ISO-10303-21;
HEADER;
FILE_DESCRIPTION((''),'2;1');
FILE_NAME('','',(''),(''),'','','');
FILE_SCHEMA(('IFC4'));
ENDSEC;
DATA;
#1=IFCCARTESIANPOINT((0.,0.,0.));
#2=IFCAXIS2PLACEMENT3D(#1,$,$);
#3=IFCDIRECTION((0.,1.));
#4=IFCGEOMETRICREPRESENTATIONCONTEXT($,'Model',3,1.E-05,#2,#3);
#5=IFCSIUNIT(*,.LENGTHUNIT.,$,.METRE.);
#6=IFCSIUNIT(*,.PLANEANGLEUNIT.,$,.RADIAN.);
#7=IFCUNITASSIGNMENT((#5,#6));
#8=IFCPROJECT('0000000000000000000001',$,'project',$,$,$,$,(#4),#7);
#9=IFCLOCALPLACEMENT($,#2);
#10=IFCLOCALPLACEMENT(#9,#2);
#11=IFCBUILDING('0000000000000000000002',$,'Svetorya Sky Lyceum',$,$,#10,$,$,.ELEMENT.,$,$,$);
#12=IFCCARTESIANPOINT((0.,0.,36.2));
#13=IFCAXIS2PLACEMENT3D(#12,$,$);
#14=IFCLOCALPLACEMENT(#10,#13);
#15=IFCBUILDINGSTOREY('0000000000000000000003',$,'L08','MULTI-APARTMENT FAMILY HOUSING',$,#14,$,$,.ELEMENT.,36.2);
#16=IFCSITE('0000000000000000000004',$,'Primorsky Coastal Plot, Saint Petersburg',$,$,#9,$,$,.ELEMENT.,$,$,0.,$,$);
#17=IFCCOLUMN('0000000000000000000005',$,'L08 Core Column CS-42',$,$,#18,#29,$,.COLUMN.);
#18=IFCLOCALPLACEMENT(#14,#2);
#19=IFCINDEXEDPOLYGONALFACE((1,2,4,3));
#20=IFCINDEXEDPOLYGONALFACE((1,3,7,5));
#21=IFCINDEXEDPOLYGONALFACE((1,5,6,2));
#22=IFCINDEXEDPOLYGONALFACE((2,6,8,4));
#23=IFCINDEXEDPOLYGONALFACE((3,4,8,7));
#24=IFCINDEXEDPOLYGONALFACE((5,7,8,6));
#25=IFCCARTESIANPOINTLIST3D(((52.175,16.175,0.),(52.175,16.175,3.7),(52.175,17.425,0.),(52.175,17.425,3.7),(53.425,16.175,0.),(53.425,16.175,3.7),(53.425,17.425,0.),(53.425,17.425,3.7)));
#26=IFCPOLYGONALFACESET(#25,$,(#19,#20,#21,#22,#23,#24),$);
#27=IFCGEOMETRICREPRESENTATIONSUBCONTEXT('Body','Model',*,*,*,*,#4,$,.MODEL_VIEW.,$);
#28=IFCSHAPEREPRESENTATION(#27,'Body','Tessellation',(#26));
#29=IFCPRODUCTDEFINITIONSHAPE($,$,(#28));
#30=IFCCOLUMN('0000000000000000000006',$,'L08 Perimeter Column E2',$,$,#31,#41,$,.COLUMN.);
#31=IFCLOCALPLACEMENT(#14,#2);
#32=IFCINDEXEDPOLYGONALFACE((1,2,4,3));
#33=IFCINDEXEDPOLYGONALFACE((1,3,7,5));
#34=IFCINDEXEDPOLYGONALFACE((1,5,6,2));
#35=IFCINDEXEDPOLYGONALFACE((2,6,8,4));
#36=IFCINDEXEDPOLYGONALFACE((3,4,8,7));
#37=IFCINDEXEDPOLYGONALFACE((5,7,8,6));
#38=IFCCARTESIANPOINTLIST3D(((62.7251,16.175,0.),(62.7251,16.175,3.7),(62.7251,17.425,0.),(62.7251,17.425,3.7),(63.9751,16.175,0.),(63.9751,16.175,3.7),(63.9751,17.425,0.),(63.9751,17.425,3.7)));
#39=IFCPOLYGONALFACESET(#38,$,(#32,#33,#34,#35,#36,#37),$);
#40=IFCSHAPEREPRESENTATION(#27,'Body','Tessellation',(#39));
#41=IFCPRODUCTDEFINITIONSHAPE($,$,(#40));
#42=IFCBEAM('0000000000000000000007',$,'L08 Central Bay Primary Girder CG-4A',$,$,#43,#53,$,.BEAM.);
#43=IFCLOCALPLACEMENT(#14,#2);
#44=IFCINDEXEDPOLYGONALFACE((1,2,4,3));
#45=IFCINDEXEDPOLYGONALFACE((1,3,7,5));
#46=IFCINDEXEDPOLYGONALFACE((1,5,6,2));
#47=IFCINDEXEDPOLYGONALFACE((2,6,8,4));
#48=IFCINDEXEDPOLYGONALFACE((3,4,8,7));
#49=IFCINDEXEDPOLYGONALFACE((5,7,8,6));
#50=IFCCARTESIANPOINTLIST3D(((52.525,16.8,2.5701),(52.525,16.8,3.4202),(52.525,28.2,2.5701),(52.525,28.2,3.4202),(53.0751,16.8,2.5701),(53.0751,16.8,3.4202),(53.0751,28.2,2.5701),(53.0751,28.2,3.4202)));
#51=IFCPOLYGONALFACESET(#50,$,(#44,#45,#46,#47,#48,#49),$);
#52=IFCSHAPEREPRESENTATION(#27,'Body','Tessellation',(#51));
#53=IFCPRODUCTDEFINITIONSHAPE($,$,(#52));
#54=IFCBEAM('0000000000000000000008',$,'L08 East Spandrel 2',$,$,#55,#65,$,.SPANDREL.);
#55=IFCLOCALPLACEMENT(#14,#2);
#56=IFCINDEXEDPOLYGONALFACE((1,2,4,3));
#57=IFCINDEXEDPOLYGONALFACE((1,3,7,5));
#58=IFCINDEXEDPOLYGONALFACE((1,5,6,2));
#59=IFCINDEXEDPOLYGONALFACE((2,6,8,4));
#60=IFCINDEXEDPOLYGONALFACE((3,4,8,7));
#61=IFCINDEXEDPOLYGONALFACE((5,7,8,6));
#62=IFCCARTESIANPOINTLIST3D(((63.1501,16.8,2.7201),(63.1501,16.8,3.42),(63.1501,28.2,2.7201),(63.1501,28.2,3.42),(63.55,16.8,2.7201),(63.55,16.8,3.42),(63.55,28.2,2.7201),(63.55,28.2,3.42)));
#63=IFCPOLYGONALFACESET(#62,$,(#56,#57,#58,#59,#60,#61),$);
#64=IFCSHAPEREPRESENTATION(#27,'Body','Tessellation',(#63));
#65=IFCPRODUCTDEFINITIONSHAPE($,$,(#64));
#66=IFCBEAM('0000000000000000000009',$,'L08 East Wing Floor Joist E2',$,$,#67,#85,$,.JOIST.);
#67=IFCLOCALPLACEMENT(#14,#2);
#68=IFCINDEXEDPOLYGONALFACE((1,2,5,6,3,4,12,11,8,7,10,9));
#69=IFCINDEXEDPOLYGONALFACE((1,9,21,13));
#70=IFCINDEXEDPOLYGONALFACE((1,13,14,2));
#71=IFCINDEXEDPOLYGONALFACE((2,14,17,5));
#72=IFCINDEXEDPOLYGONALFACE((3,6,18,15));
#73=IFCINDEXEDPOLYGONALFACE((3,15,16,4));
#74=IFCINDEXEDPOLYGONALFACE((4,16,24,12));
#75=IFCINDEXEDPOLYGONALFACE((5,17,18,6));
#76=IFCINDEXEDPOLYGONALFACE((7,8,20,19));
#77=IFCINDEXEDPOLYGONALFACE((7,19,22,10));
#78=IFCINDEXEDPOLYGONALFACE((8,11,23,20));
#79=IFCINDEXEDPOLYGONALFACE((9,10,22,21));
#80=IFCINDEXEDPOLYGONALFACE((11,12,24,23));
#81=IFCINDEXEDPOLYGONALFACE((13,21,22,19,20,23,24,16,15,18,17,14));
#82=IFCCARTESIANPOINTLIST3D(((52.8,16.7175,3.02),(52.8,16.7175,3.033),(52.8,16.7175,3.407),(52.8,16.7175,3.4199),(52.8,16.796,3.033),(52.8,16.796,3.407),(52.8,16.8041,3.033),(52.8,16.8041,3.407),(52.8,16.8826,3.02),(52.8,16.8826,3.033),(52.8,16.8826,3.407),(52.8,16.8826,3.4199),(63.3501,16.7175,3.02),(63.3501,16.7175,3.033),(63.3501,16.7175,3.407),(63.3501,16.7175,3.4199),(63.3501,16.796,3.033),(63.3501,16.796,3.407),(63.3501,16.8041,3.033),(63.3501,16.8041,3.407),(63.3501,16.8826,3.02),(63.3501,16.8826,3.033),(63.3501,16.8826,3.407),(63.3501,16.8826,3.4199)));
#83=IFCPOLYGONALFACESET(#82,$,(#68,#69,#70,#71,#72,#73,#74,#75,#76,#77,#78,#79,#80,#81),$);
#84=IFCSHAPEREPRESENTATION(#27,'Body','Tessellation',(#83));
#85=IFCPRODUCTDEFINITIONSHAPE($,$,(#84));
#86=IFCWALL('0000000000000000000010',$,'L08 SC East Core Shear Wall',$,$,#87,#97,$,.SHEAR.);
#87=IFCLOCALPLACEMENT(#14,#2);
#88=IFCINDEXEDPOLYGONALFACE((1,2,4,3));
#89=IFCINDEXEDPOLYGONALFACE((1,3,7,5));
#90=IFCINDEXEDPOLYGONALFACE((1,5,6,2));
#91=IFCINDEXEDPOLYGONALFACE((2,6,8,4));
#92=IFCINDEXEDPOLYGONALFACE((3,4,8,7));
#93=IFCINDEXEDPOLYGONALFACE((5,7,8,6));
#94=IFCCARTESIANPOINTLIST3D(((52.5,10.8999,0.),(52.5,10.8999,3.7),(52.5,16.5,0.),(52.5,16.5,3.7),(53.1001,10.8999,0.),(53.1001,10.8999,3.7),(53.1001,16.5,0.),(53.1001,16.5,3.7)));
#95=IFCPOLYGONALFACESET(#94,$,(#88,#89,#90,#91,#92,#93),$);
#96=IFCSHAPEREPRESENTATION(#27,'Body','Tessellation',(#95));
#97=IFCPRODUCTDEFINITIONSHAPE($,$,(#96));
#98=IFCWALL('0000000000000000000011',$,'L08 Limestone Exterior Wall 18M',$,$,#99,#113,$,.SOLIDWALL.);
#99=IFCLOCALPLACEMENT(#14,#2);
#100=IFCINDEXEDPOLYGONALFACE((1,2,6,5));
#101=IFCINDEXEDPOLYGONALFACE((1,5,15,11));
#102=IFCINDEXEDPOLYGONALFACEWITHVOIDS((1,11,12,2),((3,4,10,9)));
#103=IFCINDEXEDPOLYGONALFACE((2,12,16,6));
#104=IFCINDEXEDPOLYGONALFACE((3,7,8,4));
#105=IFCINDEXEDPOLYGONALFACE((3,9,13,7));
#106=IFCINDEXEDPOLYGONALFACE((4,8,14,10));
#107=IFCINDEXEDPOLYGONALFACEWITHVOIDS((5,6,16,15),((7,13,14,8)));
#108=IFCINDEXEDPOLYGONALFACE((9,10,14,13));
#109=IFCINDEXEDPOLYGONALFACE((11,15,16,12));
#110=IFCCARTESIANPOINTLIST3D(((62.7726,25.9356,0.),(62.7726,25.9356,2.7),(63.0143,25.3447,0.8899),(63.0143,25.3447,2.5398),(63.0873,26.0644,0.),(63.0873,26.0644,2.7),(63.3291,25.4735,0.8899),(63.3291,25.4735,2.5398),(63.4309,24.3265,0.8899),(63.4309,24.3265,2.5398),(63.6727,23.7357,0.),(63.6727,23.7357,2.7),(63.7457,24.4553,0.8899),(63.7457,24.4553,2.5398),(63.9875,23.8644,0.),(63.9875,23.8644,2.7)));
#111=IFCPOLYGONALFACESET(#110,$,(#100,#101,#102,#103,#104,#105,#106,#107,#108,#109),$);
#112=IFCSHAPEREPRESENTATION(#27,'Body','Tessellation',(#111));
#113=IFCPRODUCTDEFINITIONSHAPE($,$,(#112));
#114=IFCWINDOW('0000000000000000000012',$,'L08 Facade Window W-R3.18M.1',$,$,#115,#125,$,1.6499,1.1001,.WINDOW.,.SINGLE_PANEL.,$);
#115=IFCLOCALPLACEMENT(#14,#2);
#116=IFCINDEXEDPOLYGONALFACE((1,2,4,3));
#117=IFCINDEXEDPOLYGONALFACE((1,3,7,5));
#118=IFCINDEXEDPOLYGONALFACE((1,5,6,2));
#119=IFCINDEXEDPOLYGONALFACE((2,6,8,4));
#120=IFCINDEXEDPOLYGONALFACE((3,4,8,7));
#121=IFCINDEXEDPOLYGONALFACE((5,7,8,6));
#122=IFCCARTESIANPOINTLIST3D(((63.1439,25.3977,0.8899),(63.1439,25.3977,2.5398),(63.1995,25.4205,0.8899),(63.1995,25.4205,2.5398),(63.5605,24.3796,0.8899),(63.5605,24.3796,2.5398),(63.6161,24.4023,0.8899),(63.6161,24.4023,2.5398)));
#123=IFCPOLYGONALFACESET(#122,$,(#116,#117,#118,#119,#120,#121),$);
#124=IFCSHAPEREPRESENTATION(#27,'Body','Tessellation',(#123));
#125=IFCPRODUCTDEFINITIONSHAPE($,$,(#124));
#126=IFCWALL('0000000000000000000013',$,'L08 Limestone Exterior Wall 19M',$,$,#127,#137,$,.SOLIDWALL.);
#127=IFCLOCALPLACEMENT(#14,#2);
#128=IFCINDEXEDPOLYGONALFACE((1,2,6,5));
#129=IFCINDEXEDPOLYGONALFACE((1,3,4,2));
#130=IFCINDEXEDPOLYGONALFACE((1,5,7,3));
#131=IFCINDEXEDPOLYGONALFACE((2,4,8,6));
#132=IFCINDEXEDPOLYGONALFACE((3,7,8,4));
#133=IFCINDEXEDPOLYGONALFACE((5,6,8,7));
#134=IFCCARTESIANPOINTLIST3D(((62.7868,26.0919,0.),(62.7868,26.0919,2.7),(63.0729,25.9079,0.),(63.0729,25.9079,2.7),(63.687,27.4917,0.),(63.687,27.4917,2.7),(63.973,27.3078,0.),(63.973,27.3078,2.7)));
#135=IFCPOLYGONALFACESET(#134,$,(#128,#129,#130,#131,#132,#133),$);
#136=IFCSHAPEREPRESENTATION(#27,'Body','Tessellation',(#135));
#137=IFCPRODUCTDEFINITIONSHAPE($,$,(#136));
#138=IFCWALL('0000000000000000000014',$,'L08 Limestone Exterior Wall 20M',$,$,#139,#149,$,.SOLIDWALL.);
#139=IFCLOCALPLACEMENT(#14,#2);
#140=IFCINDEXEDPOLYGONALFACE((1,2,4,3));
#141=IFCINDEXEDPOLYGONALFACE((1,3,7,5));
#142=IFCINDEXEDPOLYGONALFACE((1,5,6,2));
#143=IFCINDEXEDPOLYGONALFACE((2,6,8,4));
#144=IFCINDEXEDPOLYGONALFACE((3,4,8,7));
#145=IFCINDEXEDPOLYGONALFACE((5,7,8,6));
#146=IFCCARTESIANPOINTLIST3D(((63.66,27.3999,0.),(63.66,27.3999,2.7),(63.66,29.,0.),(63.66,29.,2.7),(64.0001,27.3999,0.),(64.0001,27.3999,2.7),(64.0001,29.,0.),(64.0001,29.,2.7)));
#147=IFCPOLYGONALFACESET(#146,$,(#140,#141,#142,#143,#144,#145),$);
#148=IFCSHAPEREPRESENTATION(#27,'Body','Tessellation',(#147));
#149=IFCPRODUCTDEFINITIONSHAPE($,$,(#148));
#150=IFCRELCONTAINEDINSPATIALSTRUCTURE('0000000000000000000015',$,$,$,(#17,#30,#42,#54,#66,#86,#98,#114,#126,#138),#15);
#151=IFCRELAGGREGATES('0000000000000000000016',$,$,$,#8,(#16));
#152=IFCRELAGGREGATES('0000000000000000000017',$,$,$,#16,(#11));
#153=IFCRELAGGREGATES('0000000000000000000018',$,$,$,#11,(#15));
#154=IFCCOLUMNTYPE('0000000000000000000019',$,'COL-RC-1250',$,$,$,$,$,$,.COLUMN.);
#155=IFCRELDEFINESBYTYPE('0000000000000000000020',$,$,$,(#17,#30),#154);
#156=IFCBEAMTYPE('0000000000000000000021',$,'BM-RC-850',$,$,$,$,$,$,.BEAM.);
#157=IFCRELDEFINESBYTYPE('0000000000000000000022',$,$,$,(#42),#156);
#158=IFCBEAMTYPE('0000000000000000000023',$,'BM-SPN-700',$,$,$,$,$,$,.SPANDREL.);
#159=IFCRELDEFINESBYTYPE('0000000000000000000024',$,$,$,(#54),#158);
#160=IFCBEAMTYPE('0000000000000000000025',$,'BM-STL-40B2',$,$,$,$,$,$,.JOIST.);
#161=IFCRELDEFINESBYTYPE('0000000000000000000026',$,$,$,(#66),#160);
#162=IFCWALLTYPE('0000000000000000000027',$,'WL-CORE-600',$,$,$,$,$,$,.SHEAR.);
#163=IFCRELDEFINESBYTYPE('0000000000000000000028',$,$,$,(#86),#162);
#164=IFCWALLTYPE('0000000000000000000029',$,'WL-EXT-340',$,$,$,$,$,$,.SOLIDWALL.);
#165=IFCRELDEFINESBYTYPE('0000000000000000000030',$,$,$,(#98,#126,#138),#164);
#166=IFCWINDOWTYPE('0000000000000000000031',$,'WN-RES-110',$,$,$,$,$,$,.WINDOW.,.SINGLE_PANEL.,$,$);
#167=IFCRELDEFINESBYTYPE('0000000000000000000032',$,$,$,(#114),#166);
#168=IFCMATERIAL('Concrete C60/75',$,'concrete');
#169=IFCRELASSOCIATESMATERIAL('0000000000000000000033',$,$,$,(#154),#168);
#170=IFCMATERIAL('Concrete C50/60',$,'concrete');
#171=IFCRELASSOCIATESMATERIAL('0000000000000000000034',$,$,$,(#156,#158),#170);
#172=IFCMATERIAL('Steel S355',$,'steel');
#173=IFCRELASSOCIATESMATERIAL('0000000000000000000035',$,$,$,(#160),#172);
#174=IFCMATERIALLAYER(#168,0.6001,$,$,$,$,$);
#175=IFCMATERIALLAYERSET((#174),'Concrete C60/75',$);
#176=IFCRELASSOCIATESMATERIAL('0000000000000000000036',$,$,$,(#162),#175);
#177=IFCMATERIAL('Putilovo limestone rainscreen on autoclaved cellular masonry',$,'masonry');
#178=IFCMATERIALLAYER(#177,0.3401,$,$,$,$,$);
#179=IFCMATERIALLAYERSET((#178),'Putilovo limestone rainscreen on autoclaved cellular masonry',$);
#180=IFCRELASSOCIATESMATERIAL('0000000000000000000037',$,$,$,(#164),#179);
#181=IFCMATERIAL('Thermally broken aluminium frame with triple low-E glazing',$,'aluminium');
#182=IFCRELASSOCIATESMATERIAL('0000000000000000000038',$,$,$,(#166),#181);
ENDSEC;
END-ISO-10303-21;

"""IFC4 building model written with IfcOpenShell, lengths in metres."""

from ifc_helpers import new_model, si_unit, direction, frame, frame_2d, origin, origin_2d, place, context, subcontext, project, spatial, rectangle, i_section, extrude, material, layer, layer_set, material_profile, profile_set, type_object, element, fill, save


model = new_model("IFC4")

# Units and contexts
model_context = context("Model", 3, precision=1e-05, world=origin(), true_north=direction((0.0, 1.0)))
body_context = subcontext(model_context, "Body", "Model", "MODEL_VIEW")
ifc_project = project(units=[si_unit("LENGTHUNIT", "METRE"), si_unit("PLANEANGLEUNIT", "RADIAN")], contexts=[model_context])

# Site, building, storey
site_placement = place(None, origin())
site = spatial("IfcSite", under=ifc_project, at=site_placement, Name="Primorsky Coastal Plot, Saint Petersburg", CompositionType="ELEMENT", RefElevation=0.0)
building_placement = place(site_placement, origin())
building = spatial("IfcBuilding", under=site, at=building_placement, Name="Svetorya Sky Lyceum", CompositionType="ELEMENT")
storey_placement = place(building_placement, frame((0.0, 0.0, 36.2)))
storey = spatial("IfcBuildingStorey", under=building, at=storey_placement, Name="L08", Description="MULTI-APARTMENT FAMILY HOUSING", CompositionType="ELEMENT", Elevation=36.2)

# Columns
ifc_material_1 = material(Name="Concrete C60/75", Category="concrete")
ifc_material_profile_1 = material_profile(ifc_material_1, rectangle(XDim=1.25, YDim=1.25, at=origin_2d()), Name="RC COL 1250x1250")
ifc_profile_set_1 = profile_set([ifc_material_profile_1], Name="Concrete C60/75")
column_type = type_object("IfcColumnType", Name="COL-RC-1250", PredefinedType="COLUMN", material=ifc_profile_set_1)
for number, where, z_axis, x_axis, name in (
    (1, (52.8, 16.8, 0.0), (0.0, 0.0, 1.0), (1.0, 0.0, 0.0), "L08 Core Column CS-42"),
    (2, (63.3501, 16.8, 0.0), (0.0, 0.0, 1.0), (1.0, 0.0, 0.0), "L08 Perimeter Column E2"),
):
    element("IfcColumn", number, at=place(storey_placement, frame(where, z_axis=z_axis, x_axis=x_axis)), inside=storey, type_object=column_type, Name=name, PredefinedType="COLUMN", context=body_context, shape_type="SweptSolid", body=[
        extrude(rectangle(XDim=1.25, YDim=1.25, at=origin_2d()), origin(), (0.0, 0.0, 1.0), 3.7),
    ])

# Beams
ifc_material_2 = material(Name="Concrete C50/60", Category="concrete")
ifc_material_profile_2 = material_profile(ifc_material_2, rectangle(XDim=0.55, YDim=0.8501, at=origin_2d()), Name="RC BEAM 550x850")
ifc_profile_set_2 = profile_set([ifc_material_profile_2], Name="Concrete C50/60")
beam_type_1 = type_object("IfcBeamType", Name="BM-RC-850", PredefinedType="BEAM", material=ifc_profile_set_2)
beam_1_placement = place(storey_placement, frame((52.8, 16.8, 2.9951), z_axis=(0.0, 1.0, 0.0), x_axis=(-1.0, 0.0, 0.0)))
element("IfcBeam", 3, at=beam_1_placement, inside=storey, type_object=beam_type_1, Name="L08 Central Bay Primary Girder CG-4A", PredefinedType="BEAM", context=body_context, shape_type="SweptSolid", body=[
    extrude(rectangle(XDim=0.55, YDim=0.8501, at=origin_2d()), origin(), (0.0, 0.0, 1.0), 11.3999),
])
ifc_material_profile_3 = material_profile(ifc_material_2, rectangle(XDim=0.3999, YDim=0.7, at=origin_2d()), Name="RC SPANDREL 400x700")
ifc_profile_set_3 = profile_set([ifc_material_profile_3], Name="Concrete C50/60")
beam_type_2 = type_object("IfcBeamType", Name="BM-SPN-700", PredefinedType="SPANDREL", material=ifc_profile_set_3)
beam_2_placement = place(storey_placement, frame((63.3501, 16.8, 3.0701), z_axis=(0.0, 1.0, 0.0), x_axis=(-1.0, 0.0, 0.0)))
element("IfcBeam", 4, at=beam_2_placement, inside=storey, type_object=beam_type_2, Name="L08 East Spandrel 2", PredefinedType="SPANDREL", context=body_context, shape_type="SweptSolid", body=[
    extrude(rectangle(XDim=0.3999, YDim=0.7, at=origin_2d()), origin(), (0.0, 0.0, 1.0), 11.3999),
])
ifc_material_3 = material(Name="Steel S355", Category="steel")
ifc_material_profile_4 = material_profile(ifc_material_3, i_section(OverallWidth=0.165, OverallDepth=0.3999, WebThickness=0.0081, FlangeThickness=0.0129, at=origin_2d()), Name="GOST 40B2")
ifc_profile_set_4 = profile_set([ifc_material_profile_4], Name="Steel S355")
beam_type_3 = type_object("IfcBeamType", Name="BM-STL-40B2", PredefinedType="JOIST", material=ifc_profile_set_4)
beam_3_placement = place(storey_placement, frame((52.8, 16.8, 3.22), z_axis=(1.0, 0.0, 0.0), x_axis=(0.0, 1.0, 0.0)))
element("IfcBeam", 5, at=beam_3_placement, inside=storey, type_object=beam_type_3, Name="L08 East Wing Floor Joist E2", PredefinedType="JOIST", context=body_context, shape_type="SweptSolid", body=[
    extrude(i_section(OverallWidth=0.165, OverallDepth=0.3999, WebThickness=0.0081, FlangeThickness=0.0129, at=origin_2d()), origin(), (0.0, 0.0, 1.0), 10.55),
])

# Wall
ifc_layer_1 = layer(ifc_material_1, 0.6001)
ifc_layer_set_1 = layer_set([ifc_layer_1], Name="Concrete C60/75")
wall_type_1 = type_object("IfcWallType", Name="WL-CORE-600", PredefinedType="SHEAR", material=ifc_layer_set_1)
wall_1_placement = place(storey_placement, frame((52.8, 10.8999, 0.0), z_axis=(0.0, 0.0, 1.0), x_axis=(0.0, 1.0, 0.0)))
element("IfcWall", 6, at=wall_1_placement, inside=storey, type_object=wall_type_1, Name="L08 SC East Core Shear Wall", PredefinedType="SHEAR", context=body_context, shape_type="SweptSolid", body=[
    extrude(rectangle(XDim=5.6001, YDim=0.6001, at=frame_2d((2.8, 0.0))), origin(), (0.0, 0.0, 1.0), 3.7),
])

# Wall, opening, window
ifc_material_4 = material(Name="Putilovo limestone rainscreen on autoclaved cellular masonry", Category="masonry")
ifc_layer_2 = layer(ifc_material_4, 0.3401)
ifc_layer_set_2 = layer_set([ifc_layer_2], Name="Putilovo limestone rainscreen on autoclaved cellular masonry")
wall_type_2 = type_object("IfcWallType", Name="WL-EXT-340", PredefinedType="SOLIDWALL", material=ifc_layer_set_2)
wall_2_placement = place(storey_placement, frame((63.8301, 23.8, 0.0), z_axis=(0.0, 0.0, 1.0), x_axis=(-0.378693, 0.925522, 0.0)))
wall_2 = element("IfcWall", 7, at=wall_2_placement, inside=storey, type_object=wall_type_2, Name="L08 Limestone Exterior Wall 18M", PredefinedType="SOLIDWALL", context=body_context, shape_type="SweptSolid", body=[
    extrude(rectangle(XDim=2.377, YDim=0.3401, at=frame_2d((1.1885, 0.0))), origin(), (0.0, 0.0, 1.0), 2.7),
])
opening_1_placement = place(wall_2_placement, frame((0.6384, 0.0, 0.8899)))
opening_1 = element("IfcOpeningElement", 8, at=opening_1_placement, cuts=wall_2, PredefinedType="OPENING", context=body_context, shape_type="SweptSolid", body=[
    extrude(rectangle(XDim=1.1001, YDim=1.6499, at=frame_2d((0.55, 0.825))), frame((0.0, 0.1799, 0.0), z_axis=(0.0, -1.0, 0.0), x_axis=(1.0, 0.0, 0.0)), (0.0, 0.0, 1.0), 0.3601),
])
ifc_material_5 = material(Name="Thermally broken aluminium frame with triple low-E glazing", Category="aluminium")
window_type = type_object("IfcWindowType", Name="WN-RES-110", PartitioningType="SINGLE_PANEL", PredefinedType="WINDOW", material=ifc_material_5)
window_placement = place(opening_1_placement, origin())
window = element("IfcWindow", 9, at=window_placement, inside=storey, type_object=window_type, Name="L08 Facade Window W-R3.18M.1", OverallHeight=1.6499, OverallWidth=1.1001, PartitioningType="SINGLE_PANEL", PredefinedType="WINDOW", context=body_context, shape_type="SweptSolid", body=[
    extrude(rectangle(XDim=1.1001, YDim=1.6499, at=frame_2d((0.55, 0.825))), frame((0.0, 0.03, 0.0), z_axis=(0.0, -1.0, 0.0), x_axis=(1.0, 0.0, 0.0)), (0.0, 0.0, 1.0), 0.0601),
])
fill(opening_1, window)

# Walls
wall_3_placement = place(storey_placement, frame((62.9299, 26.0, 0.0), z_axis=(0.0, 0.0, 1.0), x_axis=(0.540847, 0.841121, 0.0)))
element("IfcWall", 10, at=wall_3_placement, inside=storey, type_object=wall_type_2, Name="L08 Limestone Exterior Wall 19M", PredefinedType="SOLIDWALL", context=body_context, shape_type="SweptSolid", body=[
    extrude(rectangle(XDim=1.6643, YDim=0.3401, at=frame_2d((0.832, 0.0))), origin(), (0.0, 0.0, 1.0), 2.7),
])
wall_4_placement = place(storey_placement, frame((63.8301, 27.3999, 0.0), z_axis=(0.0, 0.0, 1.0), x_axis=(0.0, 1.0, 0.0)))
element("IfcWall", 11, at=wall_4_placement, inside=storey, type_object=wall_type_2, Name="L08 Limestone Exterior Wall 20M", PredefinedType="SOLIDWALL", context=body_context, shape_type="SweptSolid", body=[
    extrude(rectangle(XDim=1.6001, YDim=0.3401, at=frame_2d((0.8, 0.0))), origin(), (0.0, 0.0, 1.0), 2.7),
])

save(model, "model.ifc")
